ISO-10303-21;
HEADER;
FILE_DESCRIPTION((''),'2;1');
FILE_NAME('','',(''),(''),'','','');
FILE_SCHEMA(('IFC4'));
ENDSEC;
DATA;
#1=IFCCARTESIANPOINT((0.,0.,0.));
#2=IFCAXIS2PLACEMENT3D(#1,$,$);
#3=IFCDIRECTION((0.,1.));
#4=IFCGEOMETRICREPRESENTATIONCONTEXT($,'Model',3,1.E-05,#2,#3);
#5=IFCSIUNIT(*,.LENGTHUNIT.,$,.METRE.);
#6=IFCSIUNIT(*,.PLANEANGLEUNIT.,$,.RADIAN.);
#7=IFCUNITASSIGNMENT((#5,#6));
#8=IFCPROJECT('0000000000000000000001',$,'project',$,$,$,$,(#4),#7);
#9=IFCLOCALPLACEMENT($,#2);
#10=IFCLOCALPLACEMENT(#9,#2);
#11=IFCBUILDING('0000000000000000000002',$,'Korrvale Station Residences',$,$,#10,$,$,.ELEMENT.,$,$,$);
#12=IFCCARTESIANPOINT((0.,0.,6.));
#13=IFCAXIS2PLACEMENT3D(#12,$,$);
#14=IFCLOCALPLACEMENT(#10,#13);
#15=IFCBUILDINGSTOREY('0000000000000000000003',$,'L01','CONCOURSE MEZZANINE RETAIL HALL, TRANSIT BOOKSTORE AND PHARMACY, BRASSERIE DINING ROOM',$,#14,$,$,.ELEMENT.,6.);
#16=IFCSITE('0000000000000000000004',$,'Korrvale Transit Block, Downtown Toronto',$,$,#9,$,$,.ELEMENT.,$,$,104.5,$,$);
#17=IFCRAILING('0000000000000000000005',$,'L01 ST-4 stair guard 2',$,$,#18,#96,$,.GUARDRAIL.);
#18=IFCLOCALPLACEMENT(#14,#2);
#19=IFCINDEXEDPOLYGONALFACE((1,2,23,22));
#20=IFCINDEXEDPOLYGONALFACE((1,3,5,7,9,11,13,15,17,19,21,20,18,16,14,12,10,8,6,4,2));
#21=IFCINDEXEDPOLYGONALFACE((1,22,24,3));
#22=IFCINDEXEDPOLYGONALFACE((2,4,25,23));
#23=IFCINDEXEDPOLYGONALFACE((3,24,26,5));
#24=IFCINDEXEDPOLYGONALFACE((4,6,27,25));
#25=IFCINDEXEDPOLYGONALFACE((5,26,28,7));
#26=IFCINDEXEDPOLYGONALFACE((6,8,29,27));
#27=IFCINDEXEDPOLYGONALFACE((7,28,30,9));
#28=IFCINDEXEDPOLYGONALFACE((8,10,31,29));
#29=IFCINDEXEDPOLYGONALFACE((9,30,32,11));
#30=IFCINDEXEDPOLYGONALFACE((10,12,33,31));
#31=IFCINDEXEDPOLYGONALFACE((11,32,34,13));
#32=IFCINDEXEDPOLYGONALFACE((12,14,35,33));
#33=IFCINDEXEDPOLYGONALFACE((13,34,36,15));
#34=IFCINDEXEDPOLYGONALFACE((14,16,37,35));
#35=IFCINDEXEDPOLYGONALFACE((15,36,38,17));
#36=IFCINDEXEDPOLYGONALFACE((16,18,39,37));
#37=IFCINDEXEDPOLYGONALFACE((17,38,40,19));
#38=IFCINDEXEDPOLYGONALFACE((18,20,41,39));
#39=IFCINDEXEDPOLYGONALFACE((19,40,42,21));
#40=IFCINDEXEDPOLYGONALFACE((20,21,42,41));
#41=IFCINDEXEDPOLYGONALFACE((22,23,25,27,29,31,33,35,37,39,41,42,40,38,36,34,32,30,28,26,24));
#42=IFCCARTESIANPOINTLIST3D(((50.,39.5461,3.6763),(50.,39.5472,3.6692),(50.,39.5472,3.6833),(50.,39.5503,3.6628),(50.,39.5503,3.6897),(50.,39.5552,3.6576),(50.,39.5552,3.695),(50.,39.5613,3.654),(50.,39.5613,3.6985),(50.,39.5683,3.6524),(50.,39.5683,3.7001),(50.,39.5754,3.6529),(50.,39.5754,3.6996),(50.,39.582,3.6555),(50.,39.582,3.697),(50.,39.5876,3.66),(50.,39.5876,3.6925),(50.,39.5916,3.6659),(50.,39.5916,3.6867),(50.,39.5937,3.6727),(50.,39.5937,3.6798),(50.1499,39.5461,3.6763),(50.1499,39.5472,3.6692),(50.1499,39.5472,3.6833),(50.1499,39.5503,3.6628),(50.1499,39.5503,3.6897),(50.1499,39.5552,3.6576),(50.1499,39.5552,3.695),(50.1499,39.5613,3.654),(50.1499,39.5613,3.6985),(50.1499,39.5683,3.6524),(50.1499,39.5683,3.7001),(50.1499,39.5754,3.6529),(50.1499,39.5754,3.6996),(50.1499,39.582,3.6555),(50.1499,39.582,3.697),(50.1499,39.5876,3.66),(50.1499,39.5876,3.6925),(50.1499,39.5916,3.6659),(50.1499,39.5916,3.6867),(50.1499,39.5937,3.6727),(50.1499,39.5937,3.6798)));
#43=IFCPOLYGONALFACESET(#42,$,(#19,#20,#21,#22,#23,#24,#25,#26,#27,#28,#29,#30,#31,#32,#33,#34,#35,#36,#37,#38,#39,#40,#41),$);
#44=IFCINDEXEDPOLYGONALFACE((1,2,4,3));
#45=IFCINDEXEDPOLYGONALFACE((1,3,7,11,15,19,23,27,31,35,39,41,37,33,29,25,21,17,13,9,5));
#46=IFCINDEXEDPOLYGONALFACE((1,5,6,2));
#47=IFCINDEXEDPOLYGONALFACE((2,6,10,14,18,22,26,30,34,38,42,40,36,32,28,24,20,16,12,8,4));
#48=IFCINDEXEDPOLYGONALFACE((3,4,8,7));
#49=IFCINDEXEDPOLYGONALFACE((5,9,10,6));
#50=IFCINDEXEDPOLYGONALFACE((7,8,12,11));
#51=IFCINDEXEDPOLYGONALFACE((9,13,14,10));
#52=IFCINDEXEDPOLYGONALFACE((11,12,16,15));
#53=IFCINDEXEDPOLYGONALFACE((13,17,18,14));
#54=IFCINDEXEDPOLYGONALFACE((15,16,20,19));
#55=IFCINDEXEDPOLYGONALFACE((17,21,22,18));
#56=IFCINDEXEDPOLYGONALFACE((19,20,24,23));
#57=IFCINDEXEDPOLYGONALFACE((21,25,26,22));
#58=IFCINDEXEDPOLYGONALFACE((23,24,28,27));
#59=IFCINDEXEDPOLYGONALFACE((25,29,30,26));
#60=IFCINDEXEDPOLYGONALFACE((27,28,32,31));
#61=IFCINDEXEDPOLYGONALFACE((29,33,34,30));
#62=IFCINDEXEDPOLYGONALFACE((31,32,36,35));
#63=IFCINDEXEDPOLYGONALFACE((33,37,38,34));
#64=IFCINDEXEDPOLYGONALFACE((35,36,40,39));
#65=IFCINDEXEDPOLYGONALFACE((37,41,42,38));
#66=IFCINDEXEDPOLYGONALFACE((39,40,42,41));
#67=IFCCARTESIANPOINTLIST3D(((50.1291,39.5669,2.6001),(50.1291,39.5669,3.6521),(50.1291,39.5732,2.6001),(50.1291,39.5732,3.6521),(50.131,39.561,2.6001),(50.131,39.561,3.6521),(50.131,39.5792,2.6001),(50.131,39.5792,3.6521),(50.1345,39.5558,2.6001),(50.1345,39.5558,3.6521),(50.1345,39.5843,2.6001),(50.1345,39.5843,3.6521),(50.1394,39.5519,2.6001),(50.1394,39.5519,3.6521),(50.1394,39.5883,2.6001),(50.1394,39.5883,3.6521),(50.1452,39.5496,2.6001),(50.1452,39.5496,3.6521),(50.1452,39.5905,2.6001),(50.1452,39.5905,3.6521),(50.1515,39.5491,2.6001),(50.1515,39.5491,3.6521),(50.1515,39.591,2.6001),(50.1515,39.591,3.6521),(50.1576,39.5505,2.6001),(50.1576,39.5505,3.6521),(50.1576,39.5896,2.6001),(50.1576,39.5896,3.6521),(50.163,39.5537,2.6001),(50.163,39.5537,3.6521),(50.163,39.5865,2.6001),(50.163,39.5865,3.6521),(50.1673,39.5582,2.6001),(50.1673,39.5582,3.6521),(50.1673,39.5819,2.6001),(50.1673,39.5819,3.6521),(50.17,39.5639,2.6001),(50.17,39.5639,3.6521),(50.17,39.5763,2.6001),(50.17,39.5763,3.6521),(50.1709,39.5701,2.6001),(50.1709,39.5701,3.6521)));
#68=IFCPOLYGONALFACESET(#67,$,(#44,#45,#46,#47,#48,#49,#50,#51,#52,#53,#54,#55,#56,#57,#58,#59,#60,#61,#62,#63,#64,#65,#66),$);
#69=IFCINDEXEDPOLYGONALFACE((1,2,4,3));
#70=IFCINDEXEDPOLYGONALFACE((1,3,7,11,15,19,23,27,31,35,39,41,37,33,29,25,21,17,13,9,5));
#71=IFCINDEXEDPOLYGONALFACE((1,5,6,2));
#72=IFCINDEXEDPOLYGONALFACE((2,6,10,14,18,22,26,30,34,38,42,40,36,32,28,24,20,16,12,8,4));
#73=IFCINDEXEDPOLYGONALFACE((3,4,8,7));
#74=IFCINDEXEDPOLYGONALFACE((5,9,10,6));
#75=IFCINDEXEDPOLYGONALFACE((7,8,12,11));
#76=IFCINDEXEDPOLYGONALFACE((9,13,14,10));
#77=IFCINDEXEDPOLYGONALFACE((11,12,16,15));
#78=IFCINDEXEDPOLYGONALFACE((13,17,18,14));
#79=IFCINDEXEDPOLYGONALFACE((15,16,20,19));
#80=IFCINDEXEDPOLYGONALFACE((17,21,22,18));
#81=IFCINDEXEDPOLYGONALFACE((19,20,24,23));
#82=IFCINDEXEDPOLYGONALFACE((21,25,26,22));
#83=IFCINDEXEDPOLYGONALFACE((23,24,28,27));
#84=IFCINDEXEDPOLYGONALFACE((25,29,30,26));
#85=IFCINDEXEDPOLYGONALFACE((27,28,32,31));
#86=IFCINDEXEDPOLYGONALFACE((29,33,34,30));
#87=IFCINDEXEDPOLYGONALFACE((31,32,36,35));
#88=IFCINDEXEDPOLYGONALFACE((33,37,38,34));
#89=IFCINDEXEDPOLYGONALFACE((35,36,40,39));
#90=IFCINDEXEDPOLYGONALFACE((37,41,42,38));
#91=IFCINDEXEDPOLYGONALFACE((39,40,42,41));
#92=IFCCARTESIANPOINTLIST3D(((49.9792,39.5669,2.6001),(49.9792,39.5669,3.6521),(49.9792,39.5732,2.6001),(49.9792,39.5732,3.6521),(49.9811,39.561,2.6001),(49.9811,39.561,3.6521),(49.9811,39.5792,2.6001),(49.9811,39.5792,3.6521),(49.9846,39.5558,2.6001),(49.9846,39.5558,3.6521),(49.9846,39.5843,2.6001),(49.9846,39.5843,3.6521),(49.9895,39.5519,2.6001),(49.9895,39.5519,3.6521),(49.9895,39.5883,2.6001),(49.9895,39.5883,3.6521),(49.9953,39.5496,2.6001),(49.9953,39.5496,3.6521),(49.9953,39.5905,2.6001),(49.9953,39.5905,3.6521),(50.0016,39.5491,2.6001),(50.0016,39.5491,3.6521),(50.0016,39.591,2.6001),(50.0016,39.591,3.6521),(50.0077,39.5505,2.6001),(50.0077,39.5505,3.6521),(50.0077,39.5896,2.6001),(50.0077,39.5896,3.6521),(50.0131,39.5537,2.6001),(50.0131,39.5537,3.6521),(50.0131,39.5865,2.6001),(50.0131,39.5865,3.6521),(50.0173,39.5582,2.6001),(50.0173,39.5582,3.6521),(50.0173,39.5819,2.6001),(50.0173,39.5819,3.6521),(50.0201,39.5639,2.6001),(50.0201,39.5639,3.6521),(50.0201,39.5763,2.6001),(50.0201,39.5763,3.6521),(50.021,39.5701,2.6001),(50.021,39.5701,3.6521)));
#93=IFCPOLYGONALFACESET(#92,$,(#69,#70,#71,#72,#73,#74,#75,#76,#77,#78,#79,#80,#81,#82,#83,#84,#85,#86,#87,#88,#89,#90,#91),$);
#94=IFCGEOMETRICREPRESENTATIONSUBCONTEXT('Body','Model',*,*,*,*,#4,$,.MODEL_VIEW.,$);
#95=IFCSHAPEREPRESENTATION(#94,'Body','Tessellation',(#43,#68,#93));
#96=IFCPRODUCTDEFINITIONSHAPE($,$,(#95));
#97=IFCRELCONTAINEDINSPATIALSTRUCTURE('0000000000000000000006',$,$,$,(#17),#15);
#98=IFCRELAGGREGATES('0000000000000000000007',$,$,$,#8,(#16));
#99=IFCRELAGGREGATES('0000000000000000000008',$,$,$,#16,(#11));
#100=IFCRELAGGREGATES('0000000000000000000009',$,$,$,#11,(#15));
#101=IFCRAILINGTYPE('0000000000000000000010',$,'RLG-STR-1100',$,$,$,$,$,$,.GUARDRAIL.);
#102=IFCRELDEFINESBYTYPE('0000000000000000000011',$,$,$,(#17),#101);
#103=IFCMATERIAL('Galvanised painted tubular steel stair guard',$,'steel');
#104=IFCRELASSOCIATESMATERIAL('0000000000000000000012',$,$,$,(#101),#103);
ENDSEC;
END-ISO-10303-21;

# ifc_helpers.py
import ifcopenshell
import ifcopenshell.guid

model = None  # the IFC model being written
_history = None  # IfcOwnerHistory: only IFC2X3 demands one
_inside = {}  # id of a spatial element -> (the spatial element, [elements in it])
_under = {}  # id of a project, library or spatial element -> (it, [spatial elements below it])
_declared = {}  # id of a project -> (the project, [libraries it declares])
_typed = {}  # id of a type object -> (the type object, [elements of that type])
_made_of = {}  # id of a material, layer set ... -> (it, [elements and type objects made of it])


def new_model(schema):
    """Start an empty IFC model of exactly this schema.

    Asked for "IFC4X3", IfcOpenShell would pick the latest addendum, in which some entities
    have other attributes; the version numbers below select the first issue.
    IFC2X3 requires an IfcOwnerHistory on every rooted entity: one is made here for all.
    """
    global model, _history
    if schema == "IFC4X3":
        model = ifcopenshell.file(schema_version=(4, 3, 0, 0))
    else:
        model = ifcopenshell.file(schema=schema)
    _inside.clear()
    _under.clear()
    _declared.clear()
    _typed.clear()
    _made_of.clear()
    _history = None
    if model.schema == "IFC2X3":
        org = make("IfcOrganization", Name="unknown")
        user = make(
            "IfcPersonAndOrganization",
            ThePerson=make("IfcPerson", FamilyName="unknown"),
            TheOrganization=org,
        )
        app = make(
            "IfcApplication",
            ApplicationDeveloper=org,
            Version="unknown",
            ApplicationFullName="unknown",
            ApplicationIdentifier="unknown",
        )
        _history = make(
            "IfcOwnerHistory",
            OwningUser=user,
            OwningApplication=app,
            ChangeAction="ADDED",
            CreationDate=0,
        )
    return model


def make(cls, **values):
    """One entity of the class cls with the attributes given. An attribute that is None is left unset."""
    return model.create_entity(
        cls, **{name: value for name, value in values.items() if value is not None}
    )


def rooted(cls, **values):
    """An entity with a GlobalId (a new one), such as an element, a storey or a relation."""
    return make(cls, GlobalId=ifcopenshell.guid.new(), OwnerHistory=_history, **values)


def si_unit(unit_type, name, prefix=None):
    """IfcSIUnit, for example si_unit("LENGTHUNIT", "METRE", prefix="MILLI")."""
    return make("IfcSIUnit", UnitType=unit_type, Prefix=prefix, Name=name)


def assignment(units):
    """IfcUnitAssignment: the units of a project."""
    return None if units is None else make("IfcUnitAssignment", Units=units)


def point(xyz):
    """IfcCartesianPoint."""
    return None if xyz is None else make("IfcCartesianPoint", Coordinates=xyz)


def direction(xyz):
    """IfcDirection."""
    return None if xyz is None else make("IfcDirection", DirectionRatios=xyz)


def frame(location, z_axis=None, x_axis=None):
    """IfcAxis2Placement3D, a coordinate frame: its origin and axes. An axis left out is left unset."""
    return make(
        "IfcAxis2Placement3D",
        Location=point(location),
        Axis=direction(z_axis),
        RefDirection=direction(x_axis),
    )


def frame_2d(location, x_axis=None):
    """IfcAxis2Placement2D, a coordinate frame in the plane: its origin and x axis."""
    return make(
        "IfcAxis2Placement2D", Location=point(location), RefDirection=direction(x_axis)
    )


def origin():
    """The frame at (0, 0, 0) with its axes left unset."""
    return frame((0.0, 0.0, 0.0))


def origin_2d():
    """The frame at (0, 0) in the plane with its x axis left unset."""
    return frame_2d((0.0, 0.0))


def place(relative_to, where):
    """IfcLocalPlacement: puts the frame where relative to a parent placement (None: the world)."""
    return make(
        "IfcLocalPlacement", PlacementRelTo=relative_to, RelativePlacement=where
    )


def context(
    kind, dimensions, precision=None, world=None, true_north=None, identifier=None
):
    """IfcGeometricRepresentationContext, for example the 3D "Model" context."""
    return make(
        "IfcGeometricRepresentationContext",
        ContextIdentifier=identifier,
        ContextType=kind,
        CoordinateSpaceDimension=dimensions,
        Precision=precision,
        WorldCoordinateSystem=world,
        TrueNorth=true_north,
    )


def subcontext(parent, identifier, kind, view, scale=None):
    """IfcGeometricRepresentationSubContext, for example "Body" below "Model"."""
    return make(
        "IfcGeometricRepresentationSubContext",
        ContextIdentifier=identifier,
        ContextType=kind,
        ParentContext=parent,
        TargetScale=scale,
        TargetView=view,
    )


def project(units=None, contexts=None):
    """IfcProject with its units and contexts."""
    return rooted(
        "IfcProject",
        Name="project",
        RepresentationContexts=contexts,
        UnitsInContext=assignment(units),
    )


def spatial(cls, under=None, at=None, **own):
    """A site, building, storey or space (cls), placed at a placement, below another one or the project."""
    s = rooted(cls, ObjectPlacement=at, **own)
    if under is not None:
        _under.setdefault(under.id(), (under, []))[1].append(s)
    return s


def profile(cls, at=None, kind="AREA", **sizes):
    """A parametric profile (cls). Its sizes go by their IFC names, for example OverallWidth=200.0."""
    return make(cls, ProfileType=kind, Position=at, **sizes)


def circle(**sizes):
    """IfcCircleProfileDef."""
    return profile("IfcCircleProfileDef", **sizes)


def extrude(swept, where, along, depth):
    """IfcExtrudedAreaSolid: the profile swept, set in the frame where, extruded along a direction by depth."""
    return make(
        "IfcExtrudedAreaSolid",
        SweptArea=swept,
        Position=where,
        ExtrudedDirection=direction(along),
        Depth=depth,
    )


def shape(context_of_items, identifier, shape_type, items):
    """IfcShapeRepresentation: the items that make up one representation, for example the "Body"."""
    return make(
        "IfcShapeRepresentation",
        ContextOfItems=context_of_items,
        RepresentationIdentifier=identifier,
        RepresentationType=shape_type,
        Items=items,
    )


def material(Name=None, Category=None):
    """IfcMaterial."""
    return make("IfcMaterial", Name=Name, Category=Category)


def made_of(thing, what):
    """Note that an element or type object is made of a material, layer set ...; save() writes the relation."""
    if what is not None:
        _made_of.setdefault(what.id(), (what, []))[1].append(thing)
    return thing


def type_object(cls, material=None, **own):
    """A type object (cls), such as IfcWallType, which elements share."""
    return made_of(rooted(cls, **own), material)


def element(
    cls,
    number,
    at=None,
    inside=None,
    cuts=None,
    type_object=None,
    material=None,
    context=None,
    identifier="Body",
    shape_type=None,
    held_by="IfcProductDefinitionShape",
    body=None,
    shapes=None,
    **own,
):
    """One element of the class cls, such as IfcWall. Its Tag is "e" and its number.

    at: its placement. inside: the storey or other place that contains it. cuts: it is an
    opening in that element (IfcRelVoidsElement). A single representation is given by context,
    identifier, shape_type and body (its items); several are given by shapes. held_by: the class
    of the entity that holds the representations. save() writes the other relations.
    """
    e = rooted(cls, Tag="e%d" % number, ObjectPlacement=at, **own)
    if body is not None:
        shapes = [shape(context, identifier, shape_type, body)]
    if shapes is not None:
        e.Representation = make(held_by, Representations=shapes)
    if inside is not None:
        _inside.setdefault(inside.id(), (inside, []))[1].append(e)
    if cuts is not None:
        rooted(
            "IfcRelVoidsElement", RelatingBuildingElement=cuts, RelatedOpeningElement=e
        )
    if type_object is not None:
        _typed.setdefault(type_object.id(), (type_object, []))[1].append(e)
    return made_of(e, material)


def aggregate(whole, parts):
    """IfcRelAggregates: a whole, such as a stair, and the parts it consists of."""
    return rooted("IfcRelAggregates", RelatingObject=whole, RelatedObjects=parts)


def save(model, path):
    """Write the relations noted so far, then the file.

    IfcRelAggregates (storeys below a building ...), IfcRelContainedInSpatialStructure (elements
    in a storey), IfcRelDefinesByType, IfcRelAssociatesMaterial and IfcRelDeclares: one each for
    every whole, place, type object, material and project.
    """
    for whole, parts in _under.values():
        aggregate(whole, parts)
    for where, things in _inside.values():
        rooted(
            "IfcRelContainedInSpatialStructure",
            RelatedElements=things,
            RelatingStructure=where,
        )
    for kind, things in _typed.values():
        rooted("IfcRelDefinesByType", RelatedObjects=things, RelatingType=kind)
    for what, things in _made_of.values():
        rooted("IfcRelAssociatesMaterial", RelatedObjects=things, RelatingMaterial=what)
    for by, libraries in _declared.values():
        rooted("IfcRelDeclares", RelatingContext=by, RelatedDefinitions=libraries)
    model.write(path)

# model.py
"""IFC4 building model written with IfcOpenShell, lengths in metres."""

from ifc_helpers import new_model, si_unit, direction, frame, origin, origin_2d, place, context, subcontext, project, spatial, circle, extrude, material, type_object, element, save


model = new_model("IFC4")

# Units and contexts
model_context = context("Model", 3, precision=1e-05, world=origin(), true_north=direction((0.0, 1.0)))
body_context = subcontext(model_context, "Body", "Model", "MODEL_VIEW")
ifc_project = project(units=[si_unit("LENGTHUNIT", "METRE"), si_unit("PLANEANGLEUNIT", "RADIAN")], contexts=[model_context])

# Site, building, storey
site_placement = place(None, origin())
site = spatial("IfcSite", under=ifc_project, at=site_placement, Name="Korrvale Transit Block, Downtown Toronto", CompositionType="ELEMENT", RefElevation=104.5)
building_placement = place(site_placement, origin())
building = spatial("IfcBuilding", under=site, at=building_placement, Name="Korrvale Station Residences", CompositionType="ELEMENT")
storey_placement = place(building_placement, frame((0.0, 0.0, 6.0)))
storey = spatial("IfcBuildingStorey", under=building, at=storey_placement, Name="L01", Description="CONCOURSE MEZZANINE RETAIL HALL, TRANSIT BOOKSTORE AND PHARMACY, BRASSERIE DINING ROOM", CompositionType="ELEMENT", Elevation=6.0)

# Railing
ifc_material_1 = material(Name="Galvanised painted tubular steel stair guard", Category="steel")
railing_type_1 = type_object("IfcRailingType", Name="RLG-STR-1100", PredefinedType="GUARDRAIL", material=ifc_material_1)
railing_1_placement = place(storey_placement, frame((50.1499, 39.5701, 2.6001)))
element("IfcRailing", 1, at=railing_1_placement, inside=storey, type_object=railing_type_1, Name="L01 ST-4 stair guard 2", PredefinedType="GUARDRAIL", context=body_context, shape_type="SweptSolid", body=[
    extrude(circle(Radius=0.0239, at=origin_2d()), frame((0.0, 0.0, 1.0762), z_axis=(-1.0, 0.0, 0.0), x_axis=(0.0, -1.0, 0.0)), (0.0, 0.0, 1.0), 0.1499),
    extrude(circle(Radius=0.021, at=origin_2d()), origin(), (0.0, 0.0, 1.0), 1.052),
    extrude(circle(Radius=0.021, at=origin_2d()), frame((-0.1499, 0.0, 0.0)), (0.0, 0.0, 1.0), 1.052),
])

save(model, "model.ifc")
